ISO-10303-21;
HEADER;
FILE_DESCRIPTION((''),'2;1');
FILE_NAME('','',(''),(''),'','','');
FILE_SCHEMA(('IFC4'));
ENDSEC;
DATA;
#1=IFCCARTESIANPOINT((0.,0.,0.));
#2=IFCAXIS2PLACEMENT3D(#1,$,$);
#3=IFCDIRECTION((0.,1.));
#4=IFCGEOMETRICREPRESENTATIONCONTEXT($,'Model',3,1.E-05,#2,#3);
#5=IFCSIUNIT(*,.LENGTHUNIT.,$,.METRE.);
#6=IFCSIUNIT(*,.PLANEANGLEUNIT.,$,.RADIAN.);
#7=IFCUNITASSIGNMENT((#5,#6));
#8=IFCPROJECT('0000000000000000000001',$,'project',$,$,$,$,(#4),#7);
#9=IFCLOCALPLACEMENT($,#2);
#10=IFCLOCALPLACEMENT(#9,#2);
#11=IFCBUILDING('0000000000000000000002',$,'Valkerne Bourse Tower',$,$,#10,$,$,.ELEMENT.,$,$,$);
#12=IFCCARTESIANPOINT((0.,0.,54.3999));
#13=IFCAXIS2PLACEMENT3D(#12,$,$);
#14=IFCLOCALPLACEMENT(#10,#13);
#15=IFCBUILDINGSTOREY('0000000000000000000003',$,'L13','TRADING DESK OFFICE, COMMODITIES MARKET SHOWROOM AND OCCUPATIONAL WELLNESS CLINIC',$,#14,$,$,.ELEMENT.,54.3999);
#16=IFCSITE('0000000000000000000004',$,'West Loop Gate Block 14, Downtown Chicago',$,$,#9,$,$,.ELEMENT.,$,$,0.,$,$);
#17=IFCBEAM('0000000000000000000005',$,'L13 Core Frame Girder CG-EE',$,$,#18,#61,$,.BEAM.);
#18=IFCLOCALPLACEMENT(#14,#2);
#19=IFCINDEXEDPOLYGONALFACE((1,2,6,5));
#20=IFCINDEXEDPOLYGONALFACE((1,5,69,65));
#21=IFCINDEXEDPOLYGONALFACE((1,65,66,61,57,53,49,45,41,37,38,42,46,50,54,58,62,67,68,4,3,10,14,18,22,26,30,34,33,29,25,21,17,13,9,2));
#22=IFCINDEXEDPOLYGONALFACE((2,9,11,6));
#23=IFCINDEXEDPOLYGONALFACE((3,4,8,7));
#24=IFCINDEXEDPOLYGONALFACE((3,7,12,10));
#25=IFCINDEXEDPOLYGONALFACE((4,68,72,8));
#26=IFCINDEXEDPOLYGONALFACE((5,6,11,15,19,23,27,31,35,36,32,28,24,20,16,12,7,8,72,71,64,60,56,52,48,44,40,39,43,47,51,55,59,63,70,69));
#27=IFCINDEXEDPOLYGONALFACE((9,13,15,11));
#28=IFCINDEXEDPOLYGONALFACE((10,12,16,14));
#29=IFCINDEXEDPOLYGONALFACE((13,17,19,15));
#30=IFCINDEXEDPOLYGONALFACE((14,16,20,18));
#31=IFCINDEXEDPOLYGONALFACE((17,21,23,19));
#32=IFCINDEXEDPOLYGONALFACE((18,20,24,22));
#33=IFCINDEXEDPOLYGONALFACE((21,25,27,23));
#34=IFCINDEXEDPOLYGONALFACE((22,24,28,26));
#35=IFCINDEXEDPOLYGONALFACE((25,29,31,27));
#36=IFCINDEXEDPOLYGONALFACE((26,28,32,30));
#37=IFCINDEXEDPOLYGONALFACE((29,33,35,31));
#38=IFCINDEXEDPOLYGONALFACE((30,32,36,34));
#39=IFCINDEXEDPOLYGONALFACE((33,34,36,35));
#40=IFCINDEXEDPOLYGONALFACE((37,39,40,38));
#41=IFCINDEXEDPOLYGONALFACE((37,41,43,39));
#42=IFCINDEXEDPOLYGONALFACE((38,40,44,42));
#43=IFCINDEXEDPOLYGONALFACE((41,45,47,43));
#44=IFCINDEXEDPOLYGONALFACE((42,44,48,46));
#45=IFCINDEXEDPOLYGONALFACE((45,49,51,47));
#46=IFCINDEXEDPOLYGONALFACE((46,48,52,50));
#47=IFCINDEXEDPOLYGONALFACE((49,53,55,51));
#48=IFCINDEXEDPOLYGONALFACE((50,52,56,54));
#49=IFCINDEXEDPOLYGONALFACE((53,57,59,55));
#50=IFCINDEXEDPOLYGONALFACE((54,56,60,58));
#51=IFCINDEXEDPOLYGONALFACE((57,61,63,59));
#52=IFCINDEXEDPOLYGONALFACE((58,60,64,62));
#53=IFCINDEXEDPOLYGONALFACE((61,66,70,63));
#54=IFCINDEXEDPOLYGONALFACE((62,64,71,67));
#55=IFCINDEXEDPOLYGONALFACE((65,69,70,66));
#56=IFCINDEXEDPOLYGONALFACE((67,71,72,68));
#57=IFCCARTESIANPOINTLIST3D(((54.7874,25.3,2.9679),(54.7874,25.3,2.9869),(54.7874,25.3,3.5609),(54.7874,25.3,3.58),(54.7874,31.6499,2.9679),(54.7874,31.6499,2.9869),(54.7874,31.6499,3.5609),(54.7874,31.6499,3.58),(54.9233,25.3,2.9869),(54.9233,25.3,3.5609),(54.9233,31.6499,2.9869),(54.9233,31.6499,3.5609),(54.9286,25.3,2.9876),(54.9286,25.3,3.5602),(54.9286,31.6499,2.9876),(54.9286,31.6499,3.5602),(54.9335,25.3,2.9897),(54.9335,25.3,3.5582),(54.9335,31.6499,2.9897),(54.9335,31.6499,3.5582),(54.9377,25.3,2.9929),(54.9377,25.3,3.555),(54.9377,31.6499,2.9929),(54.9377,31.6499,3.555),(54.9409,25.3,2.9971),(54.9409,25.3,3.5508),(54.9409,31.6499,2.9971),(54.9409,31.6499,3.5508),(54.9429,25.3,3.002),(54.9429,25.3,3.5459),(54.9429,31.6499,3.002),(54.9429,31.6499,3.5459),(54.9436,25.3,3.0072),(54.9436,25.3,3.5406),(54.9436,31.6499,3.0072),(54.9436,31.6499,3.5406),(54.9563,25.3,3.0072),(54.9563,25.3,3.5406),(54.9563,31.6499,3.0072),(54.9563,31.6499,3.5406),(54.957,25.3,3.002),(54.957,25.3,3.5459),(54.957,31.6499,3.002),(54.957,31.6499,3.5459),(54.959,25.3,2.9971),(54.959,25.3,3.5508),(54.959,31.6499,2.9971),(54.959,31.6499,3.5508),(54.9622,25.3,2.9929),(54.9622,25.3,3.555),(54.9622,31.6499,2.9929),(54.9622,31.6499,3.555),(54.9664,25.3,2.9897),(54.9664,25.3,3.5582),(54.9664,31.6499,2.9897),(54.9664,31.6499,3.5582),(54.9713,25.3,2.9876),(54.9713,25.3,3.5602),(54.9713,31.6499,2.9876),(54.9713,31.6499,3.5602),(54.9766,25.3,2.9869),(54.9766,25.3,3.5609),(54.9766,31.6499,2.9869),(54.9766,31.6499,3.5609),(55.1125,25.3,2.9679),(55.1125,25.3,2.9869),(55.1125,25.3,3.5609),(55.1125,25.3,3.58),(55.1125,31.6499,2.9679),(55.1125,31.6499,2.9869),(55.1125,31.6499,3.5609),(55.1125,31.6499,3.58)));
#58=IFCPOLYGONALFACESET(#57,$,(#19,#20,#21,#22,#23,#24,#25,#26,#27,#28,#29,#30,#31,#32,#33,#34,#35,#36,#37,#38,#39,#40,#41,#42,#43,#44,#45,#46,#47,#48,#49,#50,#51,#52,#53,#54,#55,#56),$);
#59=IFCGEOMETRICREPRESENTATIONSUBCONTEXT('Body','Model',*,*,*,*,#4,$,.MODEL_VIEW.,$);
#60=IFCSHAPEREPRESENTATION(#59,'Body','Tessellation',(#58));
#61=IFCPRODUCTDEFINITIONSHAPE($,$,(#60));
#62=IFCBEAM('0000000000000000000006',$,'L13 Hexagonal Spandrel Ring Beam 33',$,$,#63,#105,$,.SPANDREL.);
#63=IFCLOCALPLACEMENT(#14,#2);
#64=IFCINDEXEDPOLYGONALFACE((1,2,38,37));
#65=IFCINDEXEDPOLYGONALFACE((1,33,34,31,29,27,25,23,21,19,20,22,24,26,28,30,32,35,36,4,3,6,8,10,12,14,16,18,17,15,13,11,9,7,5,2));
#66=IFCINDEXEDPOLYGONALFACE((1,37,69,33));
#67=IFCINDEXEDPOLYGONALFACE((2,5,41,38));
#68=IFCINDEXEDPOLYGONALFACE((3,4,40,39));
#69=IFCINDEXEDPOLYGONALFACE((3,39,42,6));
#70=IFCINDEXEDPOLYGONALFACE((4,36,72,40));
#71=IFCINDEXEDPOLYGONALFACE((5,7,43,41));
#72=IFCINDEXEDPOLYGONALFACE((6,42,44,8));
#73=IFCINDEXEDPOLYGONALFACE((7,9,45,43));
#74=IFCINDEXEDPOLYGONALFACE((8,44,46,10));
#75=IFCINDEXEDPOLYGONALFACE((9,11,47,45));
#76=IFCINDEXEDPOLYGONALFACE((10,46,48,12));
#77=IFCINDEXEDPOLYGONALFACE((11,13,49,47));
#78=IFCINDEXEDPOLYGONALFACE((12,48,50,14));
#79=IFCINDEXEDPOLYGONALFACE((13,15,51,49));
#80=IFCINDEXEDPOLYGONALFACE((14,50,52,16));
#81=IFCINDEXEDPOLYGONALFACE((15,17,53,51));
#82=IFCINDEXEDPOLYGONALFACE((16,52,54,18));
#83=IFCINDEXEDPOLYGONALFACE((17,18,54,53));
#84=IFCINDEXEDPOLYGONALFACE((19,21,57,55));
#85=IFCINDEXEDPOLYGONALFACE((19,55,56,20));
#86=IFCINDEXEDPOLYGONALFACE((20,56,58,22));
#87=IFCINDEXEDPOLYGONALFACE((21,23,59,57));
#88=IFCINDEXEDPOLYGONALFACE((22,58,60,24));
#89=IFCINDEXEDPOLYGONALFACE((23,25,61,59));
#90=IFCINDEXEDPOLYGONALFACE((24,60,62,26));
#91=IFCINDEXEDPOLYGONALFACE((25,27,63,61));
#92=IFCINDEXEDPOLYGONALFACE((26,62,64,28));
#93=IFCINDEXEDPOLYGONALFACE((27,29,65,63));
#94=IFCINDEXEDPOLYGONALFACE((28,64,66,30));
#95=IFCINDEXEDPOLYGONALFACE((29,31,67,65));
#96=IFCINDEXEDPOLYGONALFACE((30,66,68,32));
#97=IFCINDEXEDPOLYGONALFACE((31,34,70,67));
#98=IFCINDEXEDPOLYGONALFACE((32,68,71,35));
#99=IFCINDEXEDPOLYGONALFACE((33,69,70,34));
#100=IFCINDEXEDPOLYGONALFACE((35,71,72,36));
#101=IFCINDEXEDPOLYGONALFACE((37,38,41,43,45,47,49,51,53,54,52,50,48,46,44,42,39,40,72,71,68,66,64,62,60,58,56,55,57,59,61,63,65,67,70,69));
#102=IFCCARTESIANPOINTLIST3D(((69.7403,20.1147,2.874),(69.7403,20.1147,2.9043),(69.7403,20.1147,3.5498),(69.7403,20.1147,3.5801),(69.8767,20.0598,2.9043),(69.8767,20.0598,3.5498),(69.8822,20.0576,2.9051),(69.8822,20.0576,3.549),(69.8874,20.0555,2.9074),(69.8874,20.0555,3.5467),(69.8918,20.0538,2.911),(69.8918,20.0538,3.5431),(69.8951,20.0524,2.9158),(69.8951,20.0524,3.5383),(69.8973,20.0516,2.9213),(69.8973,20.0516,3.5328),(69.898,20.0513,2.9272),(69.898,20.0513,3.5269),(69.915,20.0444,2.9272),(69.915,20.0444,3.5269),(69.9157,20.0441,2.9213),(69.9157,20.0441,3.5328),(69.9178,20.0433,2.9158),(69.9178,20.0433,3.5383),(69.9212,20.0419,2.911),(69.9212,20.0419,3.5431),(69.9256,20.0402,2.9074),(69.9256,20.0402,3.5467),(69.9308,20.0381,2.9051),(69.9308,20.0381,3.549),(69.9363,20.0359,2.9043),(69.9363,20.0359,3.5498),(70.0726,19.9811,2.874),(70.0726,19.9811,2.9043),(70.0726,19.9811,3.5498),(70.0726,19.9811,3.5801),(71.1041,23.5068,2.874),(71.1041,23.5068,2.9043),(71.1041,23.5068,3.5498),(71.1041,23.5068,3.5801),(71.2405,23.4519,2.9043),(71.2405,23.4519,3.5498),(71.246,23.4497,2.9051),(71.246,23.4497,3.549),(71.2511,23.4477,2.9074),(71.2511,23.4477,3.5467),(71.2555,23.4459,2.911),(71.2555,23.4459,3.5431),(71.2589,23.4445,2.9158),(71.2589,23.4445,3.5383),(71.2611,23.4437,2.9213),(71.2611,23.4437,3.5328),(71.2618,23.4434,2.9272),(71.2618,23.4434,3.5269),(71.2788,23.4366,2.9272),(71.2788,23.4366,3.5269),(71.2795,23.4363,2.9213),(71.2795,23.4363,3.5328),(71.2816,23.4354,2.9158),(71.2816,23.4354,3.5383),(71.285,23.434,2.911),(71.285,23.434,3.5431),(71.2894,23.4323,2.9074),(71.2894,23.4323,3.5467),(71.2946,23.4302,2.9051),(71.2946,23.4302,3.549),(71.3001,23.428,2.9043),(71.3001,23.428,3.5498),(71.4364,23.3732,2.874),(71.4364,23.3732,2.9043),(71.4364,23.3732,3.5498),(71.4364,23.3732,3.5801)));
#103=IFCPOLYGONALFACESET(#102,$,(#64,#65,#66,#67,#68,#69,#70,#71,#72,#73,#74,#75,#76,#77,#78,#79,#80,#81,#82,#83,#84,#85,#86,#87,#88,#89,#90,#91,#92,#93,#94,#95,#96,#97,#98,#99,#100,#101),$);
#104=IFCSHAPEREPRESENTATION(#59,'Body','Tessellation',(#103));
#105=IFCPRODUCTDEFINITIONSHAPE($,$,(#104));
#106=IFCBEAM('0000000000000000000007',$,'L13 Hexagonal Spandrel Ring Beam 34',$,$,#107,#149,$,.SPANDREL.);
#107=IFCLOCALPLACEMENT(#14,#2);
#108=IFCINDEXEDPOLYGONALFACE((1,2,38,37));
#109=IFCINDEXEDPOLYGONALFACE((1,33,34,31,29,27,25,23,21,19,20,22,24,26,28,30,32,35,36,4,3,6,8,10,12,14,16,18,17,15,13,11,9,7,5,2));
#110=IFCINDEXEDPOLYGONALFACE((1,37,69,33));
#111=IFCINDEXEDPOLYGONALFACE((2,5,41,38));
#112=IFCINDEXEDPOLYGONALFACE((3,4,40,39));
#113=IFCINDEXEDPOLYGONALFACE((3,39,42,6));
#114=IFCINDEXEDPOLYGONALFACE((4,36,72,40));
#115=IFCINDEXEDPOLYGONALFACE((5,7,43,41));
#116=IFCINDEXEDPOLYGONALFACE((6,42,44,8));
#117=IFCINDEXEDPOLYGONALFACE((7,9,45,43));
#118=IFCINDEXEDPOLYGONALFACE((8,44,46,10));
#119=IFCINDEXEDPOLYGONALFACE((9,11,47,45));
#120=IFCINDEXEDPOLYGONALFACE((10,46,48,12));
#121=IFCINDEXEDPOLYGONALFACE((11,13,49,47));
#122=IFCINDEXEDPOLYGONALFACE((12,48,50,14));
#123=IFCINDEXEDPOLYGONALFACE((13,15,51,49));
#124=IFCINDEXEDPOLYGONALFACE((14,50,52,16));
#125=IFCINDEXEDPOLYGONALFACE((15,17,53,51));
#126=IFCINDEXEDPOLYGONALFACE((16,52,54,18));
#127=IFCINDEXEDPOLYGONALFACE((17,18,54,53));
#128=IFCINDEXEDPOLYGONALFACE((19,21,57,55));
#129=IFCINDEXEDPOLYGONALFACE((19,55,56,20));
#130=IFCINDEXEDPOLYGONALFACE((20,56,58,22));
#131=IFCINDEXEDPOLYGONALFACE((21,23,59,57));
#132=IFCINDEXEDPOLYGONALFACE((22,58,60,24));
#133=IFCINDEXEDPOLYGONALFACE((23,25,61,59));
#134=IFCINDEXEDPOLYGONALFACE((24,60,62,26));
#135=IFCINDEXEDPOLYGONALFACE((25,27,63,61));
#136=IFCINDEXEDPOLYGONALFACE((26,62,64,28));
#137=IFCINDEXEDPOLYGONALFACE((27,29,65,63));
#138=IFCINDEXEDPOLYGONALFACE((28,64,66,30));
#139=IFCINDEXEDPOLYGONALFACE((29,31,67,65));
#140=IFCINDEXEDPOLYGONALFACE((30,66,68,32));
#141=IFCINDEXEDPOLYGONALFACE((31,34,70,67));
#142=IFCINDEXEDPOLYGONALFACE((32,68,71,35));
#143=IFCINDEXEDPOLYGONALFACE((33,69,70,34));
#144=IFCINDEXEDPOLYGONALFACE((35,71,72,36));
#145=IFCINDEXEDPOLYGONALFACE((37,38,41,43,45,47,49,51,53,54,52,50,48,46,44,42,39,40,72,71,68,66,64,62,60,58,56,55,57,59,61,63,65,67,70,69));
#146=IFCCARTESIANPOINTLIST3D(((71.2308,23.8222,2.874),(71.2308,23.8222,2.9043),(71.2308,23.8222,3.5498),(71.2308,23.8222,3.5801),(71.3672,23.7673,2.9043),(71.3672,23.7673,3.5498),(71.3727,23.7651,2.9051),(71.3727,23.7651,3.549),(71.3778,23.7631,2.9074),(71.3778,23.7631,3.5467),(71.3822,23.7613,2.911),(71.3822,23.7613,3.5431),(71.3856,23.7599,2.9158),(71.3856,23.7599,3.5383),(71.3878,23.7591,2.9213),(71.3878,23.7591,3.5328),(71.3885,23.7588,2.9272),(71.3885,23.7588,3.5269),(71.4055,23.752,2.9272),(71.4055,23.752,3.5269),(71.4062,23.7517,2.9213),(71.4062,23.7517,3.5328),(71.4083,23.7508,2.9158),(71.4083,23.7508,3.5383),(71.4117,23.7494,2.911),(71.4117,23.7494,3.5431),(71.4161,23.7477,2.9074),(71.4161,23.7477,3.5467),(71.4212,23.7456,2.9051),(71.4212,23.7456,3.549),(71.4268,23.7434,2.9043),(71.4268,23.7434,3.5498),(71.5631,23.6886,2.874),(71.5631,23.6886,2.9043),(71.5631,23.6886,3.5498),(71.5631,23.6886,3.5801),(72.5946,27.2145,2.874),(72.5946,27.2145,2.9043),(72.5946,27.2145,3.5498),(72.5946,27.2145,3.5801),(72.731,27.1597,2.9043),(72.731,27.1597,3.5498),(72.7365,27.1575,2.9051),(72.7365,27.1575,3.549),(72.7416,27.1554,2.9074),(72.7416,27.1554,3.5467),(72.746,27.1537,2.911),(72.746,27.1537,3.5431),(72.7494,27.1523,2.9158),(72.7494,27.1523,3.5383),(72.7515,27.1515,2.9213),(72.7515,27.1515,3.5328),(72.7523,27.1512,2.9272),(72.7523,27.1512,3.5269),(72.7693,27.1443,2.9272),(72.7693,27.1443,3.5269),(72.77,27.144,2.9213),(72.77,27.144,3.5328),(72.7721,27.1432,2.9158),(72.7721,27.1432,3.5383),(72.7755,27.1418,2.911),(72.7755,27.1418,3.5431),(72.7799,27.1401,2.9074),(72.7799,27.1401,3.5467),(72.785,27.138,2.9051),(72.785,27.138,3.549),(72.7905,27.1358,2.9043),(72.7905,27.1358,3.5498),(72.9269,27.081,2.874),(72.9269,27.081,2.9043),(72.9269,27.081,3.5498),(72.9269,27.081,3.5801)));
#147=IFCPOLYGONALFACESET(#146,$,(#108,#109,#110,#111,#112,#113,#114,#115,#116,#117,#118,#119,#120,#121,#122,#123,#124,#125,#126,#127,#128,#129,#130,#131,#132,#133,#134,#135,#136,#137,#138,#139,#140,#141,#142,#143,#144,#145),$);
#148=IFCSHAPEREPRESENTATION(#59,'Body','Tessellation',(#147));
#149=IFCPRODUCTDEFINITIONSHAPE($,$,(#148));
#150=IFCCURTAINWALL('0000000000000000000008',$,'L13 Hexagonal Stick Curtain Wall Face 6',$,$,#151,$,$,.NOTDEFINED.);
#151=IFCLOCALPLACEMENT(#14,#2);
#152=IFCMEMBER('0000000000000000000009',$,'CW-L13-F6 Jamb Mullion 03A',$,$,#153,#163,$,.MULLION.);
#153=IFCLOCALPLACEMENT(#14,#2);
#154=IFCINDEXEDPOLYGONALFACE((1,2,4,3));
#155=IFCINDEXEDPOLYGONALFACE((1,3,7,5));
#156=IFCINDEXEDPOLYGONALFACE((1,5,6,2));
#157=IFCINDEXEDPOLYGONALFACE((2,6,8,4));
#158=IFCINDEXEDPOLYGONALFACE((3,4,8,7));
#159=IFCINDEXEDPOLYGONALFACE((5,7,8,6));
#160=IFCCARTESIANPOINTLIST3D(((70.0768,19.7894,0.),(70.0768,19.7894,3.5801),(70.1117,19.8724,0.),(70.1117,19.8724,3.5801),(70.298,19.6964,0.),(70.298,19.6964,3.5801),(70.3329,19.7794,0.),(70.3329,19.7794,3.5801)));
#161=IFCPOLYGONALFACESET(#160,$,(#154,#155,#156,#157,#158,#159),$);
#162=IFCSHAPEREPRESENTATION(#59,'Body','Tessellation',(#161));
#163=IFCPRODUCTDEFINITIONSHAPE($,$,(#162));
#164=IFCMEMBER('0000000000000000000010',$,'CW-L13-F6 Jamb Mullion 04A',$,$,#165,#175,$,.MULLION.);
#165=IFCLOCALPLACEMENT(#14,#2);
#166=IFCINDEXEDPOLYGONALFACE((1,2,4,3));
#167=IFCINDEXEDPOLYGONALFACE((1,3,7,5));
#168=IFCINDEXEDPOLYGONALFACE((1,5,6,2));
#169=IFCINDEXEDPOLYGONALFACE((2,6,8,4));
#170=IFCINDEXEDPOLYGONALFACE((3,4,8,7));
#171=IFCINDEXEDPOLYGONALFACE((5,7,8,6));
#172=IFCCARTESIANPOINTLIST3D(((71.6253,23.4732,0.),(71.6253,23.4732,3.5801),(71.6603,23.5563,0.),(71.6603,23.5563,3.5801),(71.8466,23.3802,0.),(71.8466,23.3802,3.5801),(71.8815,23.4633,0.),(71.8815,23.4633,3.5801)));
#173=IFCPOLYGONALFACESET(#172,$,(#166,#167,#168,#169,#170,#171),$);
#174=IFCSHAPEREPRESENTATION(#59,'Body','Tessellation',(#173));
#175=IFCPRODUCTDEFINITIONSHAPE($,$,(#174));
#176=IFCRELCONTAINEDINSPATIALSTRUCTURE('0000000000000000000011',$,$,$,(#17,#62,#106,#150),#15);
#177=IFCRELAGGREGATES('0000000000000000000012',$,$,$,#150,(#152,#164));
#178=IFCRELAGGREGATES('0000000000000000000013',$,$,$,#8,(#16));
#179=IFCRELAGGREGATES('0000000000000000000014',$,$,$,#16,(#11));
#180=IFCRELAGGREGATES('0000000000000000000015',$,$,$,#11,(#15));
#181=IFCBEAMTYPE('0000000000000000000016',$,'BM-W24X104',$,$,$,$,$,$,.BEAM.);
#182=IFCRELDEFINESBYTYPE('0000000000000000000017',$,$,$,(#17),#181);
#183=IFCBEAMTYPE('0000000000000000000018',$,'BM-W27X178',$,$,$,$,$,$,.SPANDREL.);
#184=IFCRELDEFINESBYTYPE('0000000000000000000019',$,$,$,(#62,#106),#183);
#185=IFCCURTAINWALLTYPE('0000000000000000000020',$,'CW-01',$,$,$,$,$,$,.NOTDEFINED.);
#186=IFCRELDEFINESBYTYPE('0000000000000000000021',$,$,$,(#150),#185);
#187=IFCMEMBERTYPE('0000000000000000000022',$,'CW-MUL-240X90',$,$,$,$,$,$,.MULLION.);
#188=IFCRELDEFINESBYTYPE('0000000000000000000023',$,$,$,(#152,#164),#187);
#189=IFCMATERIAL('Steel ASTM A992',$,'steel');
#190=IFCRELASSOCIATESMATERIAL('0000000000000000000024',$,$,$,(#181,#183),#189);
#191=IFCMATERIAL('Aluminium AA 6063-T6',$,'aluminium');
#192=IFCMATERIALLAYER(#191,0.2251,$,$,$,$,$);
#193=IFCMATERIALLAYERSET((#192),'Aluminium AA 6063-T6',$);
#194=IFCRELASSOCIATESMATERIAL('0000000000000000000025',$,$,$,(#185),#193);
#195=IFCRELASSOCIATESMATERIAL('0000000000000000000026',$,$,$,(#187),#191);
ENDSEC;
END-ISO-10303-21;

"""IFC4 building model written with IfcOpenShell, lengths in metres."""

from ifc_helpers import new_model, si_unit, direction, frame, origin, origin_2d, place, context, subcontext, project, spatial, rectangle, i_section, extrude, material, layer, layer_set, material_profile, profile_set, type_object, element, aggregate, save


model = new_model("IFC4")

# Units and contexts
model_context = context("Model", 3, precision=1e-05, world=origin(), true_north=direction((0.0, 1.0)))
body_context = subcontext(model_context, "Body", "Model", "MODEL_VIEW")
ifc_project = project(units=[si_unit("LENGTHUNIT", "METRE"), si_unit("PLANEANGLEUNIT", "RADIAN")], contexts=[model_context])

# Site, building, storey
site_placement = place(None, origin())
site = spatial("IfcSite", under=ifc_project, at=site_placement, Name="West Loop Gate Block 14, Downtown Chicago", CompositionType="ELEMENT", RefElevation=0.0)
building_placement = place(site_placement, origin())
building = spatial("IfcBuilding", under=site, at=building_placement, Name="Valkerne Bourse Tower", CompositionType="ELEMENT")
storey_placement = place(building_placement, frame((0.0, 0.0, 54.3999)))
storey = spatial("IfcBuildingStorey", under=building, at=storey_placement, Name="L13", Description="TRADING DESK OFFICE, COMMODITIES MARKET SHOWROOM AND OCCUPATIONAL WELLNESS CLINIC", CompositionType="ELEMENT", Elevation=54.3999)

# Beams
ifc_material_1 = material(Name="Steel ASTM A992", Category="steel")
ifc_material_profile_1 = material_profile(ifc_material_1, i_section(OverallWidth=0.3252, OverallDepth=0.6121, WebThickness=0.0127, FlangeThickness=0.019, FilletRadius=0.0203, at=origin_2d()), Name="W24X104")
ifc_profile_set_1 = profile_set([ifc_material_profile_1], Name="Steel ASTM A992")
beam_type_1 = type_object("IfcBeamType", Name="BM-W24X104", PredefinedType="BEAM", material=ifc_profile_set_1)
beam_1_placement = place(storey_placement, frame((54.95, 25.3, 3.2739), z_axis=(0.0, 1.0, 0.0), x_axis=(-1.0, 0.0, 0.0)))
element("IfcBeam", 1, at=beam_1_placement, inside=storey, type_object=beam_type_1, Name="L13 Core Frame Girder CG-EE", PredefinedType="BEAM", context=body_context, shape_type="SweptSolid", body=[
    extrude(i_section(OverallWidth=0.3252, OverallDepth=0.6121, WebThickness=0.0127, FlangeThickness=0.019, FilletRadius=0.0203, at=origin_2d()), origin(), (0.0, 0.0, 1.0), 6.3499),
])
ifc_material_profile_2 = material_profile(ifc_material_1, i_section(OverallWidth=0.3582, OverallDepth=0.7061, WebThickness=0.0183, FlangeThickness=0.0303, FilletRadius=0.0229, at=origin_2d()), Name="W27X178")
ifc_profile_set_2 = profile_set([ifc_material_profile_2], Name="Steel ASTM A992")
beam_type_2 = type_object("IfcBeamType", Name="BM-W27X178", PredefinedType="SPANDREL", material=ifc_profile_set_2)
beam_2_placement = place(storey_placement, frame((69.9065, 20.0479, 3.2271), z_axis=(0.373025, 0.927821, 0.0), x_axis=(-0.927821, 0.373025, 0.0)))
element("IfcBeam", 2, at=beam_2_placement, inside=storey, type_object=beam_type_2, Name="L13 Hexagonal Spandrel Ring Beam 33", PredefinedType="SPANDREL", context=body_context, shape_type="SweptSolid", body=[
    extrude(i_section(OverallWidth=0.3582, OverallDepth=0.7061, WebThickness=0.0183, FlangeThickness=0.0303, FilletRadius=0.0229, at=origin_2d()), origin(), (0.0, 0.0, 1.0), 3.656),
])
beam_3_placement = place(storey_placement, frame((71.397, 23.7554, 3.2271), z_axis=(0.373002, 0.927831, 0.0), x_axis=(-0.927831, 0.373002, 0.0)))
element("IfcBeam", 3, at=beam_3_placement, inside=storey, type_object=beam_type_2, Name="L13 Hexagonal Spandrel Ring Beam 34", PredefinedType="SPANDREL", context=body_context, shape_type="SweptSolid", body=[
    extrude(i_section(OverallWidth=0.3582, OverallDepth=0.7061, WebThickness=0.0183, FlangeThickness=0.0303, FilletRadius=0.0229, at=origin_2d()), origin(), (0.0, 0.0, 1.0), 3.6562),
])

# Curtain wall, members
ifc_material_2 = material(Name="Aluminium AA 6063-T6", Category="aluminium")
ifc_layer_1 = layer(ifc_material_2, 0.2251)
ifc_layer_set_1 = layer_set([ifc_layer_1], Name="Aluminium AA 6063-T6")
curtain_wall_type = type_object("IfcCurtainWallType", Name="CW-01", PredefinedType="NOTDEFINED", material=ifc_layer_set_1)
curtain_wall_placement = place(storey_placement, origin())
curtain_wall = element("IfcCurtainWall", 4, at=curtain_wall_placement, inside=storey, type_object=curtain_wall_type, Name="L13 Hexagonal Stick Curtain Wall Face 6", PredefinedType="NOTDEFINED")
ifc_material_profile_3 = material_profile(ifc_material_2, rectangle(XDim=0.0901, YDim=0.24, at=origin_2d()), Name="CWM-90X240")
ifc_profile_set_3 = profile_set([ifc_material_profile_3], Name="Aluminium AA 6063-T6")
member_type_1 = type_object("IfcMemberType", Name="CW-MUL-240X90", PredefinedType="MULLION", material=ifc_profile_set_3)
member_1_placement = place(storey_placement, frame((70.2048, 19.7844, 0.0), z_axis=(0.0, 0.0, 1.0), x_axis=(0.38751, 0.921866, 0.0)))
member_1 = element("IfcMember", 5, at=member_1_placement, type_object=member_type_1, Name="CW-L13-F6 Jamb Mullion 03A", PredefinedType="MULLION", context=body_context, shape_type="SweptSolid", body=[
    extrude(rectangle(XDim=0.0901, YDim=0.24, at=origin_2d()), origin(), (0.0, 0.0, 1.0), 3.5801),
])
member_2_placement = place(storey_placement, frame((71.7534, 23.4683, 0.0), z_axis=(0.0, 0.0, 1.0), x_axis=(0.38751, 0.921866, 0.0)))
member_2 = element("IfcMember", 6, at=member_2_placement, type_object=member_type_1, Name="CW-L13-F6 Jamb Mullion 04A", PredefinedType="MULLION", context=body_context, shape_type="SweptSolid", body=[
    extrude(rectangle(XDim=0.0901, YDim=0.24, at=origin_2d()), origin(), (0.0, 0.0, 1.0), 3.5801),
])

aggregate(curtain_wall, [member_1, member_2])

save(model, "model.ifc")
